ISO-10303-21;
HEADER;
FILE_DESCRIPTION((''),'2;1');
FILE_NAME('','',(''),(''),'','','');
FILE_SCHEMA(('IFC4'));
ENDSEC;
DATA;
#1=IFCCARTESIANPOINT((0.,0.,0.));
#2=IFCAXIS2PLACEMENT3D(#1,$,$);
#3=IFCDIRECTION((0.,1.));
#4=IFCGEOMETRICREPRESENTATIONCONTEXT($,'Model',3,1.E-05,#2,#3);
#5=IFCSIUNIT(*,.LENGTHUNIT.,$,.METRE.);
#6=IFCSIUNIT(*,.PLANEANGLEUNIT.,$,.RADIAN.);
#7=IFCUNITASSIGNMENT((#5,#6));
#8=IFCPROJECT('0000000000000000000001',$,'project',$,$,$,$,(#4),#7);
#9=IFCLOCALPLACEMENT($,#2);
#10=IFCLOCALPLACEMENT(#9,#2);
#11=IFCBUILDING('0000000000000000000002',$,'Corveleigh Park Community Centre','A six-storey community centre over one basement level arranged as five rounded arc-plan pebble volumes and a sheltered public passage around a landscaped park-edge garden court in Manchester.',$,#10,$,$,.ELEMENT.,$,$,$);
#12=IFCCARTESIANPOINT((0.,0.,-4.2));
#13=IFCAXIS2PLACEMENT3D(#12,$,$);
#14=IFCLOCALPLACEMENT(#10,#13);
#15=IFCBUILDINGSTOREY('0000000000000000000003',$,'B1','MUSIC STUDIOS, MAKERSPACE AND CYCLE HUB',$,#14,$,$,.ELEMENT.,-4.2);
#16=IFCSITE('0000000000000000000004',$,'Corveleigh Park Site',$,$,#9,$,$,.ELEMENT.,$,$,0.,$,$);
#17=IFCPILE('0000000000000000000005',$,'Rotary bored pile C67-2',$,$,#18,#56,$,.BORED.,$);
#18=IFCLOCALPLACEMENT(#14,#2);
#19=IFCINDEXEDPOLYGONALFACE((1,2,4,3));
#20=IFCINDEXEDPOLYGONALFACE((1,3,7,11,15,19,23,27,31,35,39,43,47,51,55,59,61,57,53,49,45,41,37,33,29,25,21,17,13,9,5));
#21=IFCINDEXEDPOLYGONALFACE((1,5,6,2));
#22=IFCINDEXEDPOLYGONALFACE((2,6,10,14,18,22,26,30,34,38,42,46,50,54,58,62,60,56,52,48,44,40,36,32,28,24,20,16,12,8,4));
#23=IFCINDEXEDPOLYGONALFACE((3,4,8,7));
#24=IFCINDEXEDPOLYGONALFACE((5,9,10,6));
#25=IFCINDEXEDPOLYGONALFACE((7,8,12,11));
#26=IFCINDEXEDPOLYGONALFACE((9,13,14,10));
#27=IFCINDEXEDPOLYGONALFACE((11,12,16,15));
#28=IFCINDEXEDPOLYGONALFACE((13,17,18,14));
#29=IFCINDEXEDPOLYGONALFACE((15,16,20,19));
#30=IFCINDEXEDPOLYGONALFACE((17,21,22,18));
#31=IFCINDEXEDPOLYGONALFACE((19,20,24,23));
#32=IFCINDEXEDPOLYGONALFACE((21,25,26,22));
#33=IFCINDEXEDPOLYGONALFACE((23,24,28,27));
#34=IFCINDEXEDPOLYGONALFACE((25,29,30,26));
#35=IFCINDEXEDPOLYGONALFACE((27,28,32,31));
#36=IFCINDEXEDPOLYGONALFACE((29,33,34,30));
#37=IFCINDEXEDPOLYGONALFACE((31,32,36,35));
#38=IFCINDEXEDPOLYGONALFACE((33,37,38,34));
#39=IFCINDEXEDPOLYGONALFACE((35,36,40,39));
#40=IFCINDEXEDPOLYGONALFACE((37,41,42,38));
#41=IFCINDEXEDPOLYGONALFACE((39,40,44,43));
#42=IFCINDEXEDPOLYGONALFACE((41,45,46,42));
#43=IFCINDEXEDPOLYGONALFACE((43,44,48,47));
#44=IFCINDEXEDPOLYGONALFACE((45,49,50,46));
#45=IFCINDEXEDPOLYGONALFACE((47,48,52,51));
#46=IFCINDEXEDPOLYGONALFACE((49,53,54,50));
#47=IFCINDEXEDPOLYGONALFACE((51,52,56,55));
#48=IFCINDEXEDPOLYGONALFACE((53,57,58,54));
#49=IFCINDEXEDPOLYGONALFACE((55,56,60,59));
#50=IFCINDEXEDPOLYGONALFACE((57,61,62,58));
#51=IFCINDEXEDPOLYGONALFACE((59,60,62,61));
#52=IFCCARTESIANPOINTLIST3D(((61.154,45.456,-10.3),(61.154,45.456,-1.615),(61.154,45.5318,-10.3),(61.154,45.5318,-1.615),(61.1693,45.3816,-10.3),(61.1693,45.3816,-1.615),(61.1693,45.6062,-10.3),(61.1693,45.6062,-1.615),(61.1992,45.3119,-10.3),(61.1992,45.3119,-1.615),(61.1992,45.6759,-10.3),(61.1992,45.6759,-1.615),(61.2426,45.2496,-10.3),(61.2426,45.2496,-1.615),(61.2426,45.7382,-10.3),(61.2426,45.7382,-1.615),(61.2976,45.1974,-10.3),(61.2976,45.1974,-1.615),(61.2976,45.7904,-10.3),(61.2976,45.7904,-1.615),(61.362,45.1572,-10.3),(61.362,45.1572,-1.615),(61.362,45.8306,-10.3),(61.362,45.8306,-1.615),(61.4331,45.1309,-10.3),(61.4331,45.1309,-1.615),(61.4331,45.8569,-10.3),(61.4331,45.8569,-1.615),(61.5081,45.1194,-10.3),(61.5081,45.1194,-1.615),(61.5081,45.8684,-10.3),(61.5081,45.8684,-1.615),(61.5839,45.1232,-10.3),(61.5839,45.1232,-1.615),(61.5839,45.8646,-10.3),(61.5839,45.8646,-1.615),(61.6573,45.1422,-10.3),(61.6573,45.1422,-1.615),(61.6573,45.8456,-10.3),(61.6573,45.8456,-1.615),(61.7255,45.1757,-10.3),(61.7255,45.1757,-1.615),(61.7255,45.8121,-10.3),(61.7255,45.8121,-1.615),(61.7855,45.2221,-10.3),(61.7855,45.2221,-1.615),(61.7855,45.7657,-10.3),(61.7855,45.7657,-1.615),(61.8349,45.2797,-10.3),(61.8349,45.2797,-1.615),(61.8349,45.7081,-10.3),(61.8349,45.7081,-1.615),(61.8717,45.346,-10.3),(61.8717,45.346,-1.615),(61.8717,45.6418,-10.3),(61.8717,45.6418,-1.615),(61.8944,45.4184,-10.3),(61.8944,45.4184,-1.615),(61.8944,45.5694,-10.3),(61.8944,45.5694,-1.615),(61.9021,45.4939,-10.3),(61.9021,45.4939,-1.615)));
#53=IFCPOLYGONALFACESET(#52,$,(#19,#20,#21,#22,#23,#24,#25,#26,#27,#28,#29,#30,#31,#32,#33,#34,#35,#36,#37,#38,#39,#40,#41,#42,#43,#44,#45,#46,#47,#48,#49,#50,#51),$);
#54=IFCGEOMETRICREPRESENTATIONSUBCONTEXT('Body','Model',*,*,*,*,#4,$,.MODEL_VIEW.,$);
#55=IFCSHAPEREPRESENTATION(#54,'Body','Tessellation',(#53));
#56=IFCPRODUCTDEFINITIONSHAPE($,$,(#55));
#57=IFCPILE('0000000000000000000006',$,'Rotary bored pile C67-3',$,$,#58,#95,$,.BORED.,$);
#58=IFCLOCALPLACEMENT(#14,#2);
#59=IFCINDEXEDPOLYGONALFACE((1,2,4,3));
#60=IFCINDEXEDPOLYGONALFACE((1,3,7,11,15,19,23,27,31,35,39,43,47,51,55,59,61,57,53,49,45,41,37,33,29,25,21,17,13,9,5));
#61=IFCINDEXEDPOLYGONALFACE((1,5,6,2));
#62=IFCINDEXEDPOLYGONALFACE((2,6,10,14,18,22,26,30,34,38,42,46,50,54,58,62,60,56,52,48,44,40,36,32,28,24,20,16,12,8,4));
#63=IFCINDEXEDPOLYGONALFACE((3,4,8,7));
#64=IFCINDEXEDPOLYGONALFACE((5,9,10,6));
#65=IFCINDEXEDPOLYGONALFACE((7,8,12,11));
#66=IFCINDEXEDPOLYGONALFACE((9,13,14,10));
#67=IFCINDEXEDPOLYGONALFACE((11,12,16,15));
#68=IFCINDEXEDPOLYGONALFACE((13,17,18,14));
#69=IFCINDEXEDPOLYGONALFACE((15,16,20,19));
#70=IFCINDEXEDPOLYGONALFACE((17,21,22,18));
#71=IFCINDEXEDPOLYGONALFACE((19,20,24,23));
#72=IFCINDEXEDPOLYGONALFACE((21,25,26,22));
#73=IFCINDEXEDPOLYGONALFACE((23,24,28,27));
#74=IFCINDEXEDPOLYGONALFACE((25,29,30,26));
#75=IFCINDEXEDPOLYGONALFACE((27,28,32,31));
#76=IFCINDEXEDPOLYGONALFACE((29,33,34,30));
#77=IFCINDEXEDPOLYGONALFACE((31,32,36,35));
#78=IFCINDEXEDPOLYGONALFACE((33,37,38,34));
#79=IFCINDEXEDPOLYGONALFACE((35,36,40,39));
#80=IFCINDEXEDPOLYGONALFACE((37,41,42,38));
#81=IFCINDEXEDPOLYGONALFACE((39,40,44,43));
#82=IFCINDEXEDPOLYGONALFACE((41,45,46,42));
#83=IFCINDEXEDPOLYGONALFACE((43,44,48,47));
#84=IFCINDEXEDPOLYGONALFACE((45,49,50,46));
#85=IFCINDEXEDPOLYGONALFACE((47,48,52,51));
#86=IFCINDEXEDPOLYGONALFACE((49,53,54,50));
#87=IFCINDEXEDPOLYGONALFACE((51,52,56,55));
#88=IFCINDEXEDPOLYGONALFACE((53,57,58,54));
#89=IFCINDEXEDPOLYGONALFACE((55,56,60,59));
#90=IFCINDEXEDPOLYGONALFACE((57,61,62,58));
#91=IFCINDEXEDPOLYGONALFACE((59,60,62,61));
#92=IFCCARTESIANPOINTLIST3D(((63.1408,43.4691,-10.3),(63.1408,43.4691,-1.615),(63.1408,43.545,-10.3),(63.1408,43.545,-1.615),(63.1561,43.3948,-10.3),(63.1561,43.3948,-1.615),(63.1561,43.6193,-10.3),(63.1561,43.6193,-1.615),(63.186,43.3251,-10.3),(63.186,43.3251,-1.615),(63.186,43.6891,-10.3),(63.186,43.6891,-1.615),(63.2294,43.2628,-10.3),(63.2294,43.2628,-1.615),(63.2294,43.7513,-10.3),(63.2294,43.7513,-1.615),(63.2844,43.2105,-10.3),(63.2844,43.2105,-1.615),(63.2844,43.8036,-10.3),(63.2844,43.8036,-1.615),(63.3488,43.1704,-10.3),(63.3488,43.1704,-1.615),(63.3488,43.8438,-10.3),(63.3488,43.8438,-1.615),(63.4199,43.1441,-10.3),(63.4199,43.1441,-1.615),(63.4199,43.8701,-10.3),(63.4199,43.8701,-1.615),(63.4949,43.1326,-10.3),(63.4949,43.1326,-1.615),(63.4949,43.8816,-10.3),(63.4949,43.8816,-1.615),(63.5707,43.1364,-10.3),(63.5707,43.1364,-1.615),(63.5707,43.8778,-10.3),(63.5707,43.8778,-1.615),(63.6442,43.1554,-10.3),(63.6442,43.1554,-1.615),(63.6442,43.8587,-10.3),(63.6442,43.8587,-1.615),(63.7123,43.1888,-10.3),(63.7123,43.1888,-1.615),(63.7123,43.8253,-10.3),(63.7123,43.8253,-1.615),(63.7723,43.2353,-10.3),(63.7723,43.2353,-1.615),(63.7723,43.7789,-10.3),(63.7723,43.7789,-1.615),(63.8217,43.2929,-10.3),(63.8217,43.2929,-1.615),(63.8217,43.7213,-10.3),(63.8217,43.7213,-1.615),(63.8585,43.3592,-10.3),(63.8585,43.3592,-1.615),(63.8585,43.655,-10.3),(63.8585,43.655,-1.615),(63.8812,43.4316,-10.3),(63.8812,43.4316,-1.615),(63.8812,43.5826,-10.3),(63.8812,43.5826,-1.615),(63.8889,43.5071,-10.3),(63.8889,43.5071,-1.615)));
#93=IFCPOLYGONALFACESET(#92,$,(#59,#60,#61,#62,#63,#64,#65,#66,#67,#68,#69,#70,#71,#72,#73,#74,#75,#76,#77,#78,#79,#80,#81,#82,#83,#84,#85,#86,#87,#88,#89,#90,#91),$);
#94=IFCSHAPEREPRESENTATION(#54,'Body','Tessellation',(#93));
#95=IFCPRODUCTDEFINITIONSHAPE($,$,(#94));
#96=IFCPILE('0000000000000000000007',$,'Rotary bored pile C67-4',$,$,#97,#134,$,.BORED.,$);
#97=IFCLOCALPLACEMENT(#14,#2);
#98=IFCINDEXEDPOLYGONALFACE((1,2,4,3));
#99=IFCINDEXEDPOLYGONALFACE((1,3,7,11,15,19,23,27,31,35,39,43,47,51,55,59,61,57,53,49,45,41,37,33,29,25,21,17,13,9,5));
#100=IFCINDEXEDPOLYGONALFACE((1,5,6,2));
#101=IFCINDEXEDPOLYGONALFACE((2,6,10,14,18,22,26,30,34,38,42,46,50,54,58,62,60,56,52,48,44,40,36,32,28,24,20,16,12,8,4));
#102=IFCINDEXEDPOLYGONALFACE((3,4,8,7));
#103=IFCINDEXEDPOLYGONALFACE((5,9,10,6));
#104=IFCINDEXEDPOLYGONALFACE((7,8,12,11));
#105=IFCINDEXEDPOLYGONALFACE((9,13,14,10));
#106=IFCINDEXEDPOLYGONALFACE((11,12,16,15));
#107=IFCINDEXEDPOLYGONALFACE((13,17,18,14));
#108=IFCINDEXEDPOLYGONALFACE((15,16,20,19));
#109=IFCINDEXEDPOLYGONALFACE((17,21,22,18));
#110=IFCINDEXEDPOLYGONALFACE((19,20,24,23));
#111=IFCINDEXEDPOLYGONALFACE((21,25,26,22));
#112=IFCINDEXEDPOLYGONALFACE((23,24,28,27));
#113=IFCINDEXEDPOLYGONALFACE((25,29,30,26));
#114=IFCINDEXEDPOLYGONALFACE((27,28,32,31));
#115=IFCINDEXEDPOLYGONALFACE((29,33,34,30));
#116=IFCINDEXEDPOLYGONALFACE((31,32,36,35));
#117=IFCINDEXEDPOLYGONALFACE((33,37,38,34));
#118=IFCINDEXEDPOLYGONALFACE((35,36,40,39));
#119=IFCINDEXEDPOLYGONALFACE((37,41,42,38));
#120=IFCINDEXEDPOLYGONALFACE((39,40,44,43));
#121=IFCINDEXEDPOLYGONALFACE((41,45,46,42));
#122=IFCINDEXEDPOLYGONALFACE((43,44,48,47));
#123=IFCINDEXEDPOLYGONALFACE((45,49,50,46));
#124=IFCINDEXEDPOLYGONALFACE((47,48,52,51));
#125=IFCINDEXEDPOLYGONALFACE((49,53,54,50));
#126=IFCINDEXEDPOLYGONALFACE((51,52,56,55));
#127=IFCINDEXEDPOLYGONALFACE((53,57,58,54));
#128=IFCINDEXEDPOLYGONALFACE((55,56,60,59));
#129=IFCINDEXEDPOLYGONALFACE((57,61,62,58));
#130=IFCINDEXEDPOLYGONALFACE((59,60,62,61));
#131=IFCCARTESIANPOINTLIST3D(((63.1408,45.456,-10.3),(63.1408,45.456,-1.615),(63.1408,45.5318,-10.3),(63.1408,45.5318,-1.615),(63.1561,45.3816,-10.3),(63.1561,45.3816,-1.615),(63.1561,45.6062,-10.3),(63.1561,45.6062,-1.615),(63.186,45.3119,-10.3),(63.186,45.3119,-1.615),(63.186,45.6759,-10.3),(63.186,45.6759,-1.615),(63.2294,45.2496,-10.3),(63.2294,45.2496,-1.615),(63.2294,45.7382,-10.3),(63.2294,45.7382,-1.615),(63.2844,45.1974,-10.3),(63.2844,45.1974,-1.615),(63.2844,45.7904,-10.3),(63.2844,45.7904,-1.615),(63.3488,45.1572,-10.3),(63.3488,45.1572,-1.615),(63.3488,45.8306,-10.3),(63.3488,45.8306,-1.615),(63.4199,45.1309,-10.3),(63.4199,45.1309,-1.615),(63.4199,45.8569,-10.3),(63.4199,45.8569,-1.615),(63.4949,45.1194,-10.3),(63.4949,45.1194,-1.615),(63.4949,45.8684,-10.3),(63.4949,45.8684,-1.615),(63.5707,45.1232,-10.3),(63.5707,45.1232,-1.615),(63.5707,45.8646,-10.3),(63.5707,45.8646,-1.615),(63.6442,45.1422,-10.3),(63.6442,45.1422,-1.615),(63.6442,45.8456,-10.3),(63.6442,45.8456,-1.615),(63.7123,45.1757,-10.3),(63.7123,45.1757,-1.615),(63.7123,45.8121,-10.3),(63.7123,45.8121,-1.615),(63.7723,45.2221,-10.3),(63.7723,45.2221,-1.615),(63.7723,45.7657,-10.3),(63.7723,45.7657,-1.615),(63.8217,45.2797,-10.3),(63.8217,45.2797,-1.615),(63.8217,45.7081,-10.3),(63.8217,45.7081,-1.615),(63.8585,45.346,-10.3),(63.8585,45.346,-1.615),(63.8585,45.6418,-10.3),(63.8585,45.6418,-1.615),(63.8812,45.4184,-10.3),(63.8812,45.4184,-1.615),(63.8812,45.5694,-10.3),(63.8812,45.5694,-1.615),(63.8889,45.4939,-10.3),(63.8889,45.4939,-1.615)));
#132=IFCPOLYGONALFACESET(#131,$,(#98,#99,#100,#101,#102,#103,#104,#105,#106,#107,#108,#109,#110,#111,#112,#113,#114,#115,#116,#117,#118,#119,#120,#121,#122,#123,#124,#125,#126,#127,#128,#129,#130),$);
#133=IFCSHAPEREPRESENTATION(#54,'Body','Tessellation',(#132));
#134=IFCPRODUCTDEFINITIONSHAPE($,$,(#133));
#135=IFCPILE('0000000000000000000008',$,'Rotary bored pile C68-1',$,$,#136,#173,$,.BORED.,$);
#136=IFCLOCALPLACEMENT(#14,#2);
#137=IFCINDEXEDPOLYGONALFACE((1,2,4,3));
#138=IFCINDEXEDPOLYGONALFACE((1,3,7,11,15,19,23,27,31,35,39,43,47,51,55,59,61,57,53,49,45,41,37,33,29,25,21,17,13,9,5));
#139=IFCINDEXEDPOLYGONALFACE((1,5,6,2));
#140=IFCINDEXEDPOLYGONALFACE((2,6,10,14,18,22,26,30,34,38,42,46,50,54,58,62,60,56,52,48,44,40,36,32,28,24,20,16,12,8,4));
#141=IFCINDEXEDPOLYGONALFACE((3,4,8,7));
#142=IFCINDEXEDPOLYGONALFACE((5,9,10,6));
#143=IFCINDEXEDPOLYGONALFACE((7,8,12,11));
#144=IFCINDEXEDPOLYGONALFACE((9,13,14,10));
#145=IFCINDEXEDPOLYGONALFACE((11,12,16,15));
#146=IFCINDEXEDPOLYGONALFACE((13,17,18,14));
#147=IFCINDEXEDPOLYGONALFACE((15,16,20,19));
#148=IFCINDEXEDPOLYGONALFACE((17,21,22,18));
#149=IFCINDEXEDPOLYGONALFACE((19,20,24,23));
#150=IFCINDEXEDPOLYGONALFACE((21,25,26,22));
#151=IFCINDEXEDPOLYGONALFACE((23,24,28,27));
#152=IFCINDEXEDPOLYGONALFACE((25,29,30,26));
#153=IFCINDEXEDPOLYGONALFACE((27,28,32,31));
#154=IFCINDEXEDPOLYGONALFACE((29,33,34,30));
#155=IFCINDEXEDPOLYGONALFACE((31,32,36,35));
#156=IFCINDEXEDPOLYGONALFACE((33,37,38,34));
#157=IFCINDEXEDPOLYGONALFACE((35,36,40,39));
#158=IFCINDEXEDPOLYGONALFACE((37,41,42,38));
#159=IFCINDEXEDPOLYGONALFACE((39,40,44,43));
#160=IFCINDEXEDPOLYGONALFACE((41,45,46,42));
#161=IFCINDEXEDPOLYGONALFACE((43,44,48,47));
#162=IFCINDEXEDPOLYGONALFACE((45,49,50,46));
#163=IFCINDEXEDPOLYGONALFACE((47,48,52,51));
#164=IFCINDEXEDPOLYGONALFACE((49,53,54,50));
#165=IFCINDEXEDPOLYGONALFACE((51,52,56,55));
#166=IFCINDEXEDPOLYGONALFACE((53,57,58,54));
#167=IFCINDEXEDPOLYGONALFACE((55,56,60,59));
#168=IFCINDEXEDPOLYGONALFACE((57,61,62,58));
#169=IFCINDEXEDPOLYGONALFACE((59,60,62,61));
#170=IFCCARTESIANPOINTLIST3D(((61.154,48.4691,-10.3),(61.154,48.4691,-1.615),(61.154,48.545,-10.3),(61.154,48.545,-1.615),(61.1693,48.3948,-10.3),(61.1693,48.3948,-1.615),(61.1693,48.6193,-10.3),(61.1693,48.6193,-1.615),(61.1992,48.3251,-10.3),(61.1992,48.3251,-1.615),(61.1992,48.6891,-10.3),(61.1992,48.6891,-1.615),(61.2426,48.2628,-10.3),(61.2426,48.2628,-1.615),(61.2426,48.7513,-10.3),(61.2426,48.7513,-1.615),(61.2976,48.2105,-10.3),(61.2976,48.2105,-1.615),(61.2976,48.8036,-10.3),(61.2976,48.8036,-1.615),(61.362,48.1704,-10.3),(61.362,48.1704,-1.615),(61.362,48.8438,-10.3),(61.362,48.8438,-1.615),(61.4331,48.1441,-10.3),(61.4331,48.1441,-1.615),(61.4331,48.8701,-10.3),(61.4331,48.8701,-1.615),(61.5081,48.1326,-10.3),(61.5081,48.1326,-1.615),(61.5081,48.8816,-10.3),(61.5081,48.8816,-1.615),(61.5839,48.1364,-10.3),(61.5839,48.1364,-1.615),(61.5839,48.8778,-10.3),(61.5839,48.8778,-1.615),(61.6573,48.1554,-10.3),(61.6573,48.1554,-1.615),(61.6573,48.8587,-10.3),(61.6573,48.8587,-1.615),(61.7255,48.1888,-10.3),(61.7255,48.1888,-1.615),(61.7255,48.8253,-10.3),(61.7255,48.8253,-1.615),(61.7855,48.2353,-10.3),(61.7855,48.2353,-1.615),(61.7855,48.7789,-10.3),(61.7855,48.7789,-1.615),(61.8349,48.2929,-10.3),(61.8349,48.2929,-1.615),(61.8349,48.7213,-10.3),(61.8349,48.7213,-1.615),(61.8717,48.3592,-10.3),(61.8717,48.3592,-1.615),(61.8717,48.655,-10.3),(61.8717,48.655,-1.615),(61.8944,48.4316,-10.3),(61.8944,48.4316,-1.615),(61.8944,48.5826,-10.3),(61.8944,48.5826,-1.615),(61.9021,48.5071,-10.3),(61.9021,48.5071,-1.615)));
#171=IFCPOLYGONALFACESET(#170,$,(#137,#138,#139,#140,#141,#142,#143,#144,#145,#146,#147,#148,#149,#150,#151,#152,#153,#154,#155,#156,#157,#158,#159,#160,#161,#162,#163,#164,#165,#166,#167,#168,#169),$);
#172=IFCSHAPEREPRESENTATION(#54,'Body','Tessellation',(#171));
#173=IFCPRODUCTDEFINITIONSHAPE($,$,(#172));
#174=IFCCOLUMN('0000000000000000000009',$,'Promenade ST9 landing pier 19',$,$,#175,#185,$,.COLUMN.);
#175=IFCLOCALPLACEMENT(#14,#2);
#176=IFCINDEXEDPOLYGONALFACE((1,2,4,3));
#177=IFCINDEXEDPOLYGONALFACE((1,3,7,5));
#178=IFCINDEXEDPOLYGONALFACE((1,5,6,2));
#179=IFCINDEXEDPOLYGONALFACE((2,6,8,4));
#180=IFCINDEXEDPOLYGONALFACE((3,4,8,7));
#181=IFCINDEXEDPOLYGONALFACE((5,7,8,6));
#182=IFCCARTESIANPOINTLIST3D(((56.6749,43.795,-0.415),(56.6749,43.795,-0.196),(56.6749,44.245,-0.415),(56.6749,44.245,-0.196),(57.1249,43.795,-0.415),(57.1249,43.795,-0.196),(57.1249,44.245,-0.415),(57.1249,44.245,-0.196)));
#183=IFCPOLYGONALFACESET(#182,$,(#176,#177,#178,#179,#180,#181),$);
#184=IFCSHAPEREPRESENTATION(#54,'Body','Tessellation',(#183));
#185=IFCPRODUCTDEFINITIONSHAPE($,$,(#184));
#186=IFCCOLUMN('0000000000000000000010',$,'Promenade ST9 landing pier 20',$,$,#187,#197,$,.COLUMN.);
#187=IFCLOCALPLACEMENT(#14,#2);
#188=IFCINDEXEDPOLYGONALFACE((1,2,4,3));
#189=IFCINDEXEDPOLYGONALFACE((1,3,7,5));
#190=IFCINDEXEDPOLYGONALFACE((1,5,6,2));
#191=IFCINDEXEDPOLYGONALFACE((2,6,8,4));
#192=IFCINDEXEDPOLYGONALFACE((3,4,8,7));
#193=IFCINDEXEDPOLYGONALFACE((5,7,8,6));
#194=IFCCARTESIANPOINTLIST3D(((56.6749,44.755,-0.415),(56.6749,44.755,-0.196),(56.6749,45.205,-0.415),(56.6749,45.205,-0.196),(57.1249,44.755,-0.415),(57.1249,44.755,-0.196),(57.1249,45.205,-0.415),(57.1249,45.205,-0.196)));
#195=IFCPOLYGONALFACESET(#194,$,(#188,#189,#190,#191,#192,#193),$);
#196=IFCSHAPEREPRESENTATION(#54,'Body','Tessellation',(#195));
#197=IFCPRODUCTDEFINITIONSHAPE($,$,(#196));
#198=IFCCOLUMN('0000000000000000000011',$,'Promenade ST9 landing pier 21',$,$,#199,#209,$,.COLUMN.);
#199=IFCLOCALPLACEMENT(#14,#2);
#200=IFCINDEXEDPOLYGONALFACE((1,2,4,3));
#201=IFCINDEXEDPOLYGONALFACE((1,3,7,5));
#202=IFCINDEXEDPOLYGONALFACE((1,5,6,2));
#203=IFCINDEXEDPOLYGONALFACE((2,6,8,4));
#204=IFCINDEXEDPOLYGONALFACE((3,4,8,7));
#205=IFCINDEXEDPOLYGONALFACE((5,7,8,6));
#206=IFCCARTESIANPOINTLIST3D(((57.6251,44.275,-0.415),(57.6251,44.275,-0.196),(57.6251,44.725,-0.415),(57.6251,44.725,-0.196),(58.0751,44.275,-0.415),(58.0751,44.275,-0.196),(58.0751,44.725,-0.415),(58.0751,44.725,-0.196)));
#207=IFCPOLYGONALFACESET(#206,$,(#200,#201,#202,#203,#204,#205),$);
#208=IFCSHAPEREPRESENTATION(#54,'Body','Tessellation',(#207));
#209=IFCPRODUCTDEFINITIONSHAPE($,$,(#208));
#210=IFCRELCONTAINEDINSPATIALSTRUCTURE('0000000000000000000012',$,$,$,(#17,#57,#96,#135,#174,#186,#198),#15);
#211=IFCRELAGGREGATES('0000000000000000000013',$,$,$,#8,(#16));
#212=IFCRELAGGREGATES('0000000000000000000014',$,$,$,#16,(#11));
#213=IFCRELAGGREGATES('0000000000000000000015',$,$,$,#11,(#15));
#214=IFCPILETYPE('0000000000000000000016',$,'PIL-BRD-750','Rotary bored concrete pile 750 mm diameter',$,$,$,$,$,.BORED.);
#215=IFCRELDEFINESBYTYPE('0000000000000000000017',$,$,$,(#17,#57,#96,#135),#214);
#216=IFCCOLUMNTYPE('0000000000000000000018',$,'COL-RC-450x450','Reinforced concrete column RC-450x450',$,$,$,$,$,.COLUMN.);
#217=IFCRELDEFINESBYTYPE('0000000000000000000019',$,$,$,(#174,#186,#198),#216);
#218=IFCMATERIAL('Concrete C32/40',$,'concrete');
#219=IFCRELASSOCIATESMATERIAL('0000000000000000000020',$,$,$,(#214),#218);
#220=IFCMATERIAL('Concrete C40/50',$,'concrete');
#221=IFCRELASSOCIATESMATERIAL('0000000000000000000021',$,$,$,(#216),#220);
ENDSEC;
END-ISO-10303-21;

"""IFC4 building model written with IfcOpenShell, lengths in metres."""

from ifc_helpers import new_model, si_unit, direction, frame, origin, origin_2d, place, context, subcontext, project, spatial, rectangle, circle, extrude, material, material_profile, profile_set, type_object, element, save


model = new_model("IFC4")

# Units and contexts
model_context = context("Model", 3, precision=1e-05, world=origin(), true_north=direction((0.0, 1.0)))
body_context = subcontext(model_context, "Body", "Model", "MODEL_VIEW")
ifc_project = project(units=[si_unit("LENGTHUNIT", "METRE"), si_unit("PLANEANGLEUNIT", "RADIAN")], contexts=[model_context])

# Site, building, storey
site_placement = place(None, origin())
site = spatial("IfcSite", under=ifc_project, at=site_placement, Name="Corveleigh Park Site", CompositionType="ELEMENT", RefElevation=0.0)
building_placement = place(site_placement, origin())
building = spatial("IfcBuilding", under=site, at=building_placement, Name="Corveleigh Park Community Centre", Description="A six-storey community centre over one basement level arranged as five rounded arc-plan pebble volumes and a sheltered public passage around a landscaped park-edge garden court in Manchester.", CompositionType="ELEMENT")
storey_placement = place(building_placement, frame((0.0, 0.0, -4.2)))
storey = spatial("IfcBuildingStorey", under=building, at=storey_placement, Name="B1", Description="MUSIC STUDIOS, MAKERSPACE AND CYCLE HUB", CompositionType="ELEMENT", Elevation=-4.2)

# Shared definitions
ifc_material_1 = material(Name="Concrete C40/50", Category="concrete")

# Piles
ifc_material_2 = material(Name="Concrete C32/40", Category="concrete")
ifc_material_profile_1 = material_profile(ifc_material_2, circle(Radius=0.375, at=origin_2d()), Name="BORED-PILE-750", Category="concrete")
ifc_profile_set_1 = profile_set([ifc_material_profile_1], Name="Concrete C32/40")
pile_type = type_object("IfcPileType", Name="PIL-BRD-750", Description="Rotary bored concrete pile 750 mm diameter", PredefinedType="BORED", material=ifc_profile_set_1)
for number, where, z_axis, x_axis, name in (
    (1, (61.5271, 45.4939, -1.615), (0.0, 0.0, -1.0), (1.0, 0.0, 0.0), "Rotary bored pile C67-2"),
    (2, (63.5139, 43.5071, -1.615), (0.0, 0.0, -1.0), (1.0, 0.0, 0.0), "Rotary bored pile C67-3"),
    (3, (63.5139, 45.4939, -1.615), (0.0, 0.0, -1.0), (1.0, 0.0, 0.0), "Rotary bored pile C67-4"),
    (4, (61.5271, 48.5071, -1.615), (0.0, 0.0, -1.0), (1.0, 0.0, 0.0), "Rotary bored pile C68-1"),
):
    element("IfcPile", number, at=place(storey_placement, frame(where, z_axis=z_axis, x_axis=x_axis)), inside=storey, type_object=pile_type, Name=name, PredefinedType="BORED", context=body_context, shape_type="SweptSolid", body=[
        extrude(circle(Radius=0.375, at=origin_2d()), origin(), (0.0, 0.0, 1.0), 8.6851),
    ])

# Columns
ifc_material_profile_2 = material_profile(ifc_material_1, rectangle(XDim=0.45, YDim=0.45, at=origin_2d()), Name="RC-450x450", Category="concrete")
ifc_profile_set_2 = profile_set([ifc_material_profile_2], Name="Concrete C40/50")
column_type_1 = type_object("IfcColumnType", Name="COL-RC-450x450", Description="Reinforced concrete column RC-450x450", PredefinedType="COLUMN", material=ifc_profile_set_2)
for number, where, z_axis, x_axis, name in (
    (5, (56.8999, 44.02, -0.415), (0.0, 0.0, 1.0), (1.0, 0.0, 0.0), "Promenade ST9 landing pier 19"),
    (6, (56.8999, 44.98, -0.415), (0.0, 0.0, 1.0), (1.0, 0.0, 0.0), "Promenade ST9 landing pier 20"),
    (7, (57.8501, 44.5, -0.415), (0.0, 0.0, 1.0), (1.0, 0.0, 0.0), "Promenade ST9 landing pier 21"),
):
    element("IfcColumn", number, at=place(storey_placement, frame(where, z_axis=z_axis, x_axis=x_axis)), inside=storey, type_object=column_type_1, Name=name, PredefinedType="COLUMN", context=body_context, shape_type="SweptSolid", body=[
        extrude(rectangle(XDim=0.45, YDim=0.45, at=origin_2d()), origin(), (0.0, 0.0, 1.0), 0.219),
    ])

save(model, "model.ifc")
